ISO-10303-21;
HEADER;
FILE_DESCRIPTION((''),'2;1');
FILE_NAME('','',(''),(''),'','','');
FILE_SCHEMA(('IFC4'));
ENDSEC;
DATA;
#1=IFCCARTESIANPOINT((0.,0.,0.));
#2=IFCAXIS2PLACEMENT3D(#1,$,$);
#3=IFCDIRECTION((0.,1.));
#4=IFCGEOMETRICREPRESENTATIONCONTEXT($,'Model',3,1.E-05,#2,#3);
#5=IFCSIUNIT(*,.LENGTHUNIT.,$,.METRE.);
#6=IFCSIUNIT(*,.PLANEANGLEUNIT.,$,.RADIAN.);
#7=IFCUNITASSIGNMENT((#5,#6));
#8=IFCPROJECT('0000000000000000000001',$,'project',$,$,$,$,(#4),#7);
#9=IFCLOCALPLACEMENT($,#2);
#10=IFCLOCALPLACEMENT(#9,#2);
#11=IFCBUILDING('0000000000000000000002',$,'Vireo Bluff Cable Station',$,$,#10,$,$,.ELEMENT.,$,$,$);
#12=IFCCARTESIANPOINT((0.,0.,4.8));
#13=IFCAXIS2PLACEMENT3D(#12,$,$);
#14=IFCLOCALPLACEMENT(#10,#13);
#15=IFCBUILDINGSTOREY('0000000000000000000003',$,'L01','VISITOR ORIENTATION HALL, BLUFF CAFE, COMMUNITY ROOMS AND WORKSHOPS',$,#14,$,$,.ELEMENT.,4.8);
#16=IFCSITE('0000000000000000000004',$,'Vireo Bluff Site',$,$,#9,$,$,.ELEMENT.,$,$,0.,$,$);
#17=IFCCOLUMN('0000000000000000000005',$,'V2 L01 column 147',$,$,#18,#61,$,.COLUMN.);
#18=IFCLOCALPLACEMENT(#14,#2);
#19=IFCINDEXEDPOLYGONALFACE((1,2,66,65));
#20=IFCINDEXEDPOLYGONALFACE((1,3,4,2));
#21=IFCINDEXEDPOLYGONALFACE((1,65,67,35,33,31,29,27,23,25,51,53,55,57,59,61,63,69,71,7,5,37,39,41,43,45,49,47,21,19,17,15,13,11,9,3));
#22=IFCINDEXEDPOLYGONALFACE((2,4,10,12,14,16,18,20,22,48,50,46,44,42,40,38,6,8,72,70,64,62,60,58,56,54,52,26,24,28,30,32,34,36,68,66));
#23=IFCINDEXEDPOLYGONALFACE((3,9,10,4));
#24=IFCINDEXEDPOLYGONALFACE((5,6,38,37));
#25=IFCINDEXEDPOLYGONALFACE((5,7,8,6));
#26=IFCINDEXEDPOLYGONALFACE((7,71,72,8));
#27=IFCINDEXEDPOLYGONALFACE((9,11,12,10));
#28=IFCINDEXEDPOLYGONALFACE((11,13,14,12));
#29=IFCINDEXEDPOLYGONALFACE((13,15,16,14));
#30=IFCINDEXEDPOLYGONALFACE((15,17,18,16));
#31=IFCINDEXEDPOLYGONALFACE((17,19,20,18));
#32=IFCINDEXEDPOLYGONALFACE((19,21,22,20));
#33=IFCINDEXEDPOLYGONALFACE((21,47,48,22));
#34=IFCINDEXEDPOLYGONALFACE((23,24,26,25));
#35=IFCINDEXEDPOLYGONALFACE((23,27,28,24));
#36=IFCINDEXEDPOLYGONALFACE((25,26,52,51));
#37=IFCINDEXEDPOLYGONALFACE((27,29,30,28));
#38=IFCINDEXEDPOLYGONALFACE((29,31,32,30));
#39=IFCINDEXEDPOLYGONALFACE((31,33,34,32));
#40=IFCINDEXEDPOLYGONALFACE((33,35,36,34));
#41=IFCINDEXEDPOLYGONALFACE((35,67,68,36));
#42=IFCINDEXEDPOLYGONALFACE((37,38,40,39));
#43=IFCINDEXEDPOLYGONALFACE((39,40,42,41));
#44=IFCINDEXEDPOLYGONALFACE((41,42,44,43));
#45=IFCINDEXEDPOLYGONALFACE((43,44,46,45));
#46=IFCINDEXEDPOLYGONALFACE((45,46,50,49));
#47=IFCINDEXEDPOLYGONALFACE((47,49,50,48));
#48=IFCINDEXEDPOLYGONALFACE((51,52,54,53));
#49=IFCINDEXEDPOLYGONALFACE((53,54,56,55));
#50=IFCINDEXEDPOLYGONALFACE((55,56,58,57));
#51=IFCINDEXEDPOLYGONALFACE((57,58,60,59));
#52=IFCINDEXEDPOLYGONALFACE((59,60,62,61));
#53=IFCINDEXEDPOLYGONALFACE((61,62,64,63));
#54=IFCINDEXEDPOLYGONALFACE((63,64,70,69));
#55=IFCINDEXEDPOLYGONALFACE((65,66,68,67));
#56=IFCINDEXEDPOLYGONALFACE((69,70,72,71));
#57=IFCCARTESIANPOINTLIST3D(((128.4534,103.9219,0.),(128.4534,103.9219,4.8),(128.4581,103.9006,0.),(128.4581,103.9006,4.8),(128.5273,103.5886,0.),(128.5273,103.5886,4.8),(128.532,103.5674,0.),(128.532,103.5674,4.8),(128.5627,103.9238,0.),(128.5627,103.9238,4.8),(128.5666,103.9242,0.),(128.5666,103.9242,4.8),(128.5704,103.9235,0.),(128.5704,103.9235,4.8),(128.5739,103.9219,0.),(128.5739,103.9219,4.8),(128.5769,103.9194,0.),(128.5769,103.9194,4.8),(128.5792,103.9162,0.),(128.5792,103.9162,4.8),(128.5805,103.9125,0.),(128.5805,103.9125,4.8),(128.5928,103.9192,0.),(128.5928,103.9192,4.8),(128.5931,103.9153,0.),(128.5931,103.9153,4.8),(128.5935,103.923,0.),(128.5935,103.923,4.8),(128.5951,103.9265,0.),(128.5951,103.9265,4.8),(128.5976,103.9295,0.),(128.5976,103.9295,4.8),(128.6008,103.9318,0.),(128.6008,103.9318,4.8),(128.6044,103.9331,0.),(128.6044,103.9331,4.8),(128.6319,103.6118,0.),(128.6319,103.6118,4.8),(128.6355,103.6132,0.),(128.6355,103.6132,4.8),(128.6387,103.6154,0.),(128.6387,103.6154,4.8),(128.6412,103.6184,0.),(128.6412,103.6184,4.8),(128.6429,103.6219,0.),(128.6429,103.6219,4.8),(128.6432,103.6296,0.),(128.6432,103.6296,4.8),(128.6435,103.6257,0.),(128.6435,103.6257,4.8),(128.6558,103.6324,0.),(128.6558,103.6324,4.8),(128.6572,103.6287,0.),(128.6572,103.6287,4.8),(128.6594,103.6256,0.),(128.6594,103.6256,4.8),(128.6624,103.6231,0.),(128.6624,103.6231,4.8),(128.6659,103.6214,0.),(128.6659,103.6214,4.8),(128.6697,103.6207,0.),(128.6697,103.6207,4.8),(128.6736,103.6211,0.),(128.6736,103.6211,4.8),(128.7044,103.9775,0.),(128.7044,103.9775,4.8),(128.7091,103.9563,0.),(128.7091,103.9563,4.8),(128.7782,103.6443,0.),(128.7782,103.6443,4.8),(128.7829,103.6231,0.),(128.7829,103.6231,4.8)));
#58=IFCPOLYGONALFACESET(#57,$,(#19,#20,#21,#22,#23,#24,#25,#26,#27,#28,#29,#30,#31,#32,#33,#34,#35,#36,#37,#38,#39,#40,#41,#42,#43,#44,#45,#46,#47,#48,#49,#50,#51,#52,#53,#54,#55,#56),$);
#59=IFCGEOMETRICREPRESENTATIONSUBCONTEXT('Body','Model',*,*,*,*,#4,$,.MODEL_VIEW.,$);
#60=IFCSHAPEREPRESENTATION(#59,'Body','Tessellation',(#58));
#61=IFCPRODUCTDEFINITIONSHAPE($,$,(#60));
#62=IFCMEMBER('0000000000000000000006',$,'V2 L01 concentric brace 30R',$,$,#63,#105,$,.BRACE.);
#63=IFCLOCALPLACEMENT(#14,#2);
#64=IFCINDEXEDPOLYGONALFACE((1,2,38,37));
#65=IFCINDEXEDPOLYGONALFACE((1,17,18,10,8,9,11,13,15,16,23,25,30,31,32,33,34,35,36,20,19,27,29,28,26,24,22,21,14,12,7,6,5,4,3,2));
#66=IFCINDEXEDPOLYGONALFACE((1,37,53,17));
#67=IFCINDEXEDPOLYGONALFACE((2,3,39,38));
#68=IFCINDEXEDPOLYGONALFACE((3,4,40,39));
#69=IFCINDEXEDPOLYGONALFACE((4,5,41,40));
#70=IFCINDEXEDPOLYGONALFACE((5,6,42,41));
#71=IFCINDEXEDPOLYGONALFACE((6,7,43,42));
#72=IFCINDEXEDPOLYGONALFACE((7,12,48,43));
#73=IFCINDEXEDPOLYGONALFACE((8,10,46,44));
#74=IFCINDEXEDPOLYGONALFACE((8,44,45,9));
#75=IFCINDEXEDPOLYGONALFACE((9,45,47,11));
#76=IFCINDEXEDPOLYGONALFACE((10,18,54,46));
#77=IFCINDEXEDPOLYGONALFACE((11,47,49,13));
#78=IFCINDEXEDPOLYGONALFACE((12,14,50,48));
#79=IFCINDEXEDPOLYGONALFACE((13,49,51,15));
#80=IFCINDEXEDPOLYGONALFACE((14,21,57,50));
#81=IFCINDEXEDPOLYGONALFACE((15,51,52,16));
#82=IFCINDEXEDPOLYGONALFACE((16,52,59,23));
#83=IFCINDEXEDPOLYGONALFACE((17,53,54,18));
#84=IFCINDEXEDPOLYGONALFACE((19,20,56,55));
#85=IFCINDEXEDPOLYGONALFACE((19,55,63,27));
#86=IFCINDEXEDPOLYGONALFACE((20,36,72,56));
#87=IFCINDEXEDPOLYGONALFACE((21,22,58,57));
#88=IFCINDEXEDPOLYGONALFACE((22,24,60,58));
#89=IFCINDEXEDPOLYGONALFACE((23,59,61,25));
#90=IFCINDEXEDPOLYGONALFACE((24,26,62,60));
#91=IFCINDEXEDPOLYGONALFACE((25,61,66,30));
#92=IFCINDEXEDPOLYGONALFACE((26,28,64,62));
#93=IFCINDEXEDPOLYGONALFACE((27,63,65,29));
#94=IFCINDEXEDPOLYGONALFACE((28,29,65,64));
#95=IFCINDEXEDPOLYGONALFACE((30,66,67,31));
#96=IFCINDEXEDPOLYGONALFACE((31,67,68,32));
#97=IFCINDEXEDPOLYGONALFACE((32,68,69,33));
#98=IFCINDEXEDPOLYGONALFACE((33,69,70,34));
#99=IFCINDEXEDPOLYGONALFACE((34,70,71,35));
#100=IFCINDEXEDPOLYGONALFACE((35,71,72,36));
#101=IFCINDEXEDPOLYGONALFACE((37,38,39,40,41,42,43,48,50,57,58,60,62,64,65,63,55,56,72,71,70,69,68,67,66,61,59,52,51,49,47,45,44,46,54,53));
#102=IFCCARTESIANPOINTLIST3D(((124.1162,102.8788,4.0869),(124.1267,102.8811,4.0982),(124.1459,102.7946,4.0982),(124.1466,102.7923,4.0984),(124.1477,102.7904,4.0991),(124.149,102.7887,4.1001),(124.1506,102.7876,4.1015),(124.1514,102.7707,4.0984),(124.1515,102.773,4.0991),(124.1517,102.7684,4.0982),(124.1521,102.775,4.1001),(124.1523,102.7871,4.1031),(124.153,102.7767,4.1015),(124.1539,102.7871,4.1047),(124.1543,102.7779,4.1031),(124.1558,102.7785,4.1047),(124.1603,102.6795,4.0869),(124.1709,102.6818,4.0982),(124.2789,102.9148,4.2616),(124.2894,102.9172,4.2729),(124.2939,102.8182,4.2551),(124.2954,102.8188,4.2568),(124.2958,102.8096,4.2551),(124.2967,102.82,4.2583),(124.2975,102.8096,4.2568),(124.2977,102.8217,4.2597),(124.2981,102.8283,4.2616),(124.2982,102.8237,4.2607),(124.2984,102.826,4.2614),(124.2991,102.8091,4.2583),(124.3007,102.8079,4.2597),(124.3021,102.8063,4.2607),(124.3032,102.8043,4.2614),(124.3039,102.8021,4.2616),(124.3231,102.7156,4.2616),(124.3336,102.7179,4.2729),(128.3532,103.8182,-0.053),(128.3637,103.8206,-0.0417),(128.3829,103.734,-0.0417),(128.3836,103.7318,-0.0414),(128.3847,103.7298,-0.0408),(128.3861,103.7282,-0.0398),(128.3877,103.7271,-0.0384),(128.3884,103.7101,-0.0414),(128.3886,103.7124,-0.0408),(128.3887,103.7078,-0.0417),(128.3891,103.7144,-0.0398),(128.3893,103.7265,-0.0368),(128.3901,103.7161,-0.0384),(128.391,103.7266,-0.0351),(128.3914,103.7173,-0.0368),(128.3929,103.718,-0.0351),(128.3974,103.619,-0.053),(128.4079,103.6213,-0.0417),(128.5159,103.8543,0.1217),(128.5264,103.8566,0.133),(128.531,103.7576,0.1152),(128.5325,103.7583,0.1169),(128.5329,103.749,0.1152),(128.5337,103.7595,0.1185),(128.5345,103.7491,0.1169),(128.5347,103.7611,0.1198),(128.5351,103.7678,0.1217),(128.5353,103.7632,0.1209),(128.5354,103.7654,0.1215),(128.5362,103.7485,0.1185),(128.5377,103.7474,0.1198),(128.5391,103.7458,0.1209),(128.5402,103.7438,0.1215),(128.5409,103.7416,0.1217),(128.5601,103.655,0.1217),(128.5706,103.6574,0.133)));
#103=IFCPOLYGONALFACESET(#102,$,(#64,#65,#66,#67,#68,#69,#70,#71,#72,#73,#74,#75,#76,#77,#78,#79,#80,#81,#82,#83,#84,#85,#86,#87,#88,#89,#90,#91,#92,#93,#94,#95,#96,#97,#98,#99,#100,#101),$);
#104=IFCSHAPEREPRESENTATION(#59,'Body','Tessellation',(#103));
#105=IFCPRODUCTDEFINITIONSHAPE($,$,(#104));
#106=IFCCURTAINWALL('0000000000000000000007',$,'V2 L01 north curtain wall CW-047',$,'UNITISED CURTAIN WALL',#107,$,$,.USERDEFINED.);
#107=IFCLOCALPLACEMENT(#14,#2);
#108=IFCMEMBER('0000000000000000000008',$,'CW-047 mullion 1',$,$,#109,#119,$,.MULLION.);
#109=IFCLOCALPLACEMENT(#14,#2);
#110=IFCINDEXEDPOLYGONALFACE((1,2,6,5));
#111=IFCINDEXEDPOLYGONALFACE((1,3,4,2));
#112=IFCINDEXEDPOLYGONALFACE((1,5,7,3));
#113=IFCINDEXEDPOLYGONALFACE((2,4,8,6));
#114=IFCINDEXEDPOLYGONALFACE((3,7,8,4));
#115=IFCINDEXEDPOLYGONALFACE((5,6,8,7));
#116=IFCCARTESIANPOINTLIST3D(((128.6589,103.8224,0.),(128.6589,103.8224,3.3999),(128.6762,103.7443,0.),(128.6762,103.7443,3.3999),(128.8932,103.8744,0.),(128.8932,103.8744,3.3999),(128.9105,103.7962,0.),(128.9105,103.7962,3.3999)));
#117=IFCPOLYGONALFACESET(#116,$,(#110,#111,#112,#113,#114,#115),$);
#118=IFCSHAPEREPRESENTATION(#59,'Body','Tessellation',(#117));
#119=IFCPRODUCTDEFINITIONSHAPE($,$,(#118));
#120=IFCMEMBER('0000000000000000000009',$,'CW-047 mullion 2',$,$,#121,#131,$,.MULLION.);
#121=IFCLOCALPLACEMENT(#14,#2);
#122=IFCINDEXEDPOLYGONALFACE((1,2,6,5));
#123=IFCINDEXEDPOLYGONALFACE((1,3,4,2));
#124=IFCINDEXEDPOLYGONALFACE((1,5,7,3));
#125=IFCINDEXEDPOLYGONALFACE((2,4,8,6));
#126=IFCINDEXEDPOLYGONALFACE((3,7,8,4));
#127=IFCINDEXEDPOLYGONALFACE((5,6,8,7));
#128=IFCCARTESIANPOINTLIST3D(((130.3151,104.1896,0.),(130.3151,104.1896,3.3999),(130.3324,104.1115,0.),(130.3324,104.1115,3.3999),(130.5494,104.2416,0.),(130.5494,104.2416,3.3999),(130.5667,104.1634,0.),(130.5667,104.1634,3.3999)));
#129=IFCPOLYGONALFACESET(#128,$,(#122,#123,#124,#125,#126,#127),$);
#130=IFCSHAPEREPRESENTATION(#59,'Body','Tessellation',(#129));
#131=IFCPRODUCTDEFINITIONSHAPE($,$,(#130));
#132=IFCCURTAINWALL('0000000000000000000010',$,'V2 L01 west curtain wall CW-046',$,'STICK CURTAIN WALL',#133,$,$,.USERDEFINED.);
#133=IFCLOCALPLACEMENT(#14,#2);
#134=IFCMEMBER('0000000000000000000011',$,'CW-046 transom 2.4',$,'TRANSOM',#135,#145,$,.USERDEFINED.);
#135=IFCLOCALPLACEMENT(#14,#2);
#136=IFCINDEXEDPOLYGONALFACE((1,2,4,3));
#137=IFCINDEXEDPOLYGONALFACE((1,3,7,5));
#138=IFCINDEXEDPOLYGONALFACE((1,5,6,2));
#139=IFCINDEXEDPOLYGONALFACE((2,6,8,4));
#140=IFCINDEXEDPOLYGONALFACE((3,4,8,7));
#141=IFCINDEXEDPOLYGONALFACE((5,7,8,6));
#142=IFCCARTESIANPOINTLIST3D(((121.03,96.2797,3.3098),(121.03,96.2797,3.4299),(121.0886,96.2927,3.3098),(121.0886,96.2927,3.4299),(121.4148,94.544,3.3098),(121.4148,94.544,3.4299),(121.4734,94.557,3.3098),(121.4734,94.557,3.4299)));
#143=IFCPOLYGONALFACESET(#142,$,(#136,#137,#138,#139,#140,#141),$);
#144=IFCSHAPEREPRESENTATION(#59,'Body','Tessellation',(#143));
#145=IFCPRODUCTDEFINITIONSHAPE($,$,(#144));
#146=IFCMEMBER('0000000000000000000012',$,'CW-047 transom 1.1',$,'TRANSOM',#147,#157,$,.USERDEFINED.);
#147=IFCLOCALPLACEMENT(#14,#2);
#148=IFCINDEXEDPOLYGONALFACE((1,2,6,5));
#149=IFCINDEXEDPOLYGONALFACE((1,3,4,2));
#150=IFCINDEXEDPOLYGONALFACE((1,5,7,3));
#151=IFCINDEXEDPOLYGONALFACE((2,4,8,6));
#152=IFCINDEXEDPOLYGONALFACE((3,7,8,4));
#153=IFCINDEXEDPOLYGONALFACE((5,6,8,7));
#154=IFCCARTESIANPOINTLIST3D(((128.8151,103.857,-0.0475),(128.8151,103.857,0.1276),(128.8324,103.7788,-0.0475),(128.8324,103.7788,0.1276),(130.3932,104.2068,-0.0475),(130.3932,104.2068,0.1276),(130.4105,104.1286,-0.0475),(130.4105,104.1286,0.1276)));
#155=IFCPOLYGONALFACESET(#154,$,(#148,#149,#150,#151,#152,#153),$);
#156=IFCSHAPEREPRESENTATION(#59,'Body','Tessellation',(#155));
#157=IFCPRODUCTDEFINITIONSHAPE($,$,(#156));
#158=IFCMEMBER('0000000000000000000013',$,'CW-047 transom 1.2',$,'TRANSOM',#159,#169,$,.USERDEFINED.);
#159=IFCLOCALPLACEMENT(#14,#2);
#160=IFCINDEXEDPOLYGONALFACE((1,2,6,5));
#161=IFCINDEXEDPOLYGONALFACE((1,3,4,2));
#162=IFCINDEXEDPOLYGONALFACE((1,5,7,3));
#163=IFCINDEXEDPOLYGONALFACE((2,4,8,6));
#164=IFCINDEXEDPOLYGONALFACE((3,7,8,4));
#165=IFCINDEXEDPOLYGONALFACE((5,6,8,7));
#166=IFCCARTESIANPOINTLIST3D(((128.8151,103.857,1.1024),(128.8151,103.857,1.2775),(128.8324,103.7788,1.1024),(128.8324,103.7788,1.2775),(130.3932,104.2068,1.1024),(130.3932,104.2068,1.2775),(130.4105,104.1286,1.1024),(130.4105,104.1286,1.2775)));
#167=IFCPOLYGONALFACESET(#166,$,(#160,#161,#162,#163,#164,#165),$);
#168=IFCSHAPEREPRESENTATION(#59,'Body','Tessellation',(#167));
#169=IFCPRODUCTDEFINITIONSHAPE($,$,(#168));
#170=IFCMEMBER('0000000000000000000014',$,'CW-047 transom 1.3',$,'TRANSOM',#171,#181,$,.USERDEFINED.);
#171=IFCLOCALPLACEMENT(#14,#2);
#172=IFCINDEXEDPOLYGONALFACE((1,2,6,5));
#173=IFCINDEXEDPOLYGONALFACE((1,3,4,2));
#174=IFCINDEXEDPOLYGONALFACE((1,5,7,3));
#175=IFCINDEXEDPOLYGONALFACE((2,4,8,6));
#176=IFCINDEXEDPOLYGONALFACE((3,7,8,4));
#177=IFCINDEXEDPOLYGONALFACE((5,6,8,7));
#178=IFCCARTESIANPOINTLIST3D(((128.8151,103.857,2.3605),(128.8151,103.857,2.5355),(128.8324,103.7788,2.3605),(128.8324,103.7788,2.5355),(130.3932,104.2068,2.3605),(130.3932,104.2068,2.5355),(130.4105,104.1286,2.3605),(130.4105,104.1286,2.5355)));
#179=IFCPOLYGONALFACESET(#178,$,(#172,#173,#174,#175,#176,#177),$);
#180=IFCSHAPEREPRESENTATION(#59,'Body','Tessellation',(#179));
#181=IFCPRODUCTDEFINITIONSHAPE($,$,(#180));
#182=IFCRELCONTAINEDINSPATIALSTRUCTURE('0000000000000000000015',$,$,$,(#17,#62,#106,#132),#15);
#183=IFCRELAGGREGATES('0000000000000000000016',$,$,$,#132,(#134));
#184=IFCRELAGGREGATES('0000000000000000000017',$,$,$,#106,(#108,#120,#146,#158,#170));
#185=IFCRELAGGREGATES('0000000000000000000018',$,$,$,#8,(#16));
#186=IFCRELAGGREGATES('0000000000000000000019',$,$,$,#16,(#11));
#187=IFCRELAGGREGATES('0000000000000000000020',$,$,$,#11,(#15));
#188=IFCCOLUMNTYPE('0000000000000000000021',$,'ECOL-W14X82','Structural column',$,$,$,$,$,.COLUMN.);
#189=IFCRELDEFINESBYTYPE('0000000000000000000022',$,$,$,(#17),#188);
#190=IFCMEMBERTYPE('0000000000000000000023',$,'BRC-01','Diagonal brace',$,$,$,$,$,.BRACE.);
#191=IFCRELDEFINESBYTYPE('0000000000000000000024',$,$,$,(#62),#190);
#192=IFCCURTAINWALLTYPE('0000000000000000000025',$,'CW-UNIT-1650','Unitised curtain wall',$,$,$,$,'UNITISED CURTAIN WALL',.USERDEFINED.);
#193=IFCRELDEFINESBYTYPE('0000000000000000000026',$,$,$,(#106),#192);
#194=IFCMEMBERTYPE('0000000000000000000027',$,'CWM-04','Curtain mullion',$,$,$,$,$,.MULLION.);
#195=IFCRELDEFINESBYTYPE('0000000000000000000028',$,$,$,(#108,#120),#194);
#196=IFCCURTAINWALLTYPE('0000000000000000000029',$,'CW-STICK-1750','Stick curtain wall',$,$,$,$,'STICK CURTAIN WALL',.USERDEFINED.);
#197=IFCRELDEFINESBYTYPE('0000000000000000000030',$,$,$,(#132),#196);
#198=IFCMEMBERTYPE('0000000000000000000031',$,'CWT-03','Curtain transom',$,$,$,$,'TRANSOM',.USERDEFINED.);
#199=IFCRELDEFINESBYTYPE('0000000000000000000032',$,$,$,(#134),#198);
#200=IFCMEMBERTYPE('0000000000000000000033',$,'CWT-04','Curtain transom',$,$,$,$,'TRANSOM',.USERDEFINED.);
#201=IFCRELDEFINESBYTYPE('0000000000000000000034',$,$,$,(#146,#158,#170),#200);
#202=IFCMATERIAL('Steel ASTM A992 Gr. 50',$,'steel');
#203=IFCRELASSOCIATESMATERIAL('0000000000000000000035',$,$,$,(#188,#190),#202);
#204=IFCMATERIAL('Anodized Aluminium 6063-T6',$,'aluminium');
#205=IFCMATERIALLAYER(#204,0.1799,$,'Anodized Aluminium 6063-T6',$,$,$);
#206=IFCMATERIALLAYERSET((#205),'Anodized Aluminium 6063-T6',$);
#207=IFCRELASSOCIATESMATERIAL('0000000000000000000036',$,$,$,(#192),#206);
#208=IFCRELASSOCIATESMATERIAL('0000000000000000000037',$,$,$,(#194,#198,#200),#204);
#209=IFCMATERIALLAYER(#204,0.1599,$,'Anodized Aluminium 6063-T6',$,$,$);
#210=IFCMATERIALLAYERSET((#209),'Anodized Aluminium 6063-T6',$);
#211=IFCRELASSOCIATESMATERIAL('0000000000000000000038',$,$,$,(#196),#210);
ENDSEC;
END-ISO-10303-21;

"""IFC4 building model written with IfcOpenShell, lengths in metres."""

from ifc_helpers import new_model, si_unit, direction, frame, origin, origin_2d, place, context, subcontext, project, spatial, rectangle, i_section, extrude, material, layer, layer_set, material_profile, profile_set, type_object, element, aggregate, save


model = new_model("IFC4")

# Units and contexts
model_context = context("Model", 3, precision=1e-05, world=origin(), true_north=direction((0.0, 1.0)))
body_context = subcontext(model_context, "Body", "Model", "MODEL_VIEW")
ifc_project = project(units=[si_unit("LENGTHUNIT", "METRE"), si_unit("PLANEANGLEUNIT", "RADIAN")], contexts=[model_context])

# Site, building, storey
site_placement = place(None, origin())
site = spatial("IfcSite", under=ifc_project, at=site_placement, Name="Vireo Bluff Site", CompositionType="ELEMENT", RefElevation=0.0)
building_placement = place(site_placement, origin())
building = spatial("IfcBuilding", under=site, at=building_placement, Name="Vireo Bluff Cable Station", CompositionType="ELEMENT")
storey_placement = place(building_placement, frame((0.0, 0.0, 4.8)))
storey = spatial("IfcBuildingStorey", under=building, at=storey_placement, Name="L01", Description="VISITOR ORIENTATION HALL, BLUFF CAFE, COMMUNITY ROOMS AND WORKSHOPS", CompositionType="ELEMENT", Elevation=4.8)

# Column
ifc_material_1 = material(Name="Steel ASTM A992 Gr. 50", Category="steel")
ifc_material_profile_1 = material_profile(ifc_material_1, i_section(OverallWidth=0.2571, OverallDepth=0.363, WebThickness=0.0129, FlangeThickness=0.0217, FilletRadius=0.0149, at=origin_2d()), Name="W14X82")
ifc_profile_set_1 = profile_set([ifc_material_profile_1], Name="Steel ASTM A992 Gr. 50")
column_type = type_object("IfcColumnType", Name="ECOL-W14X82", Description="Structural column", PredefinedType="COLUMN", material=ifc_profile_set_1)
column_placement = place(storey_placement, frame((128.6182, 103.7725, 0.0), z_axis=(0.0, 0.0, 1.0), x_axis=(0.976296, 0.21644, 0.0)))
element("IfcColumn", 1, at=column_placement, inside=storey, type_object=column_type, Name="V2 L01 column 147", PredefinedType="COLUMN", context=body_context, shape_type="SweptSolid", body=[
    extrude(i_section(OverallWidth=0.2571, OverallDepth=0.363, WebThickness=0.0129, FlangeThickness=0.0217, FilletRadius=0.0149, at=origin_2d()), origin(), (0.0, 0.0, 1.0), 4.8),
])

# Member
ifc_material_profile_2 = material_profile(ifc_material_1, i_section(OverallWidth=0.2041, OverallDepth=0.2571, WebThickness=0.0088, FlangeThickness=0.0156, FilletRadius=0.009, at=origin_2d()), Name="W10X45")
ifc_profile_set_2 = profile_set([ifc_material_profile_2], Name="Steel ASTM A992 Gr. 50")
member_type_1 = type_object("IfcMemberType", Name="BRC-01", Description="Diagonal brace", PredefinedType="BRACE", material=ifc_profile_set_2)
member_1_placement = place(storey_placement, frame((128.4619, 103.7378, 0.04), z_axis=(-0.706432, -0.156632, 0.690232), x_axis=(0.216466, -0.97629, 0.0)))
element("IfcMember", 2, at=member_1_placement, inside=storey, type_object=member_type_1, Name="V2 L01 concentric brace 30R", PredefinedType="BRACE", context=body_context, shape_type="SweptSolid", body=[
    extrude(i_section(OverallWidth=0.2041, OverallDepth=0.2571, WebThickness=0.0088, FlangeThickness=0.0156, FilletRadius=0.009, at=origin_2d()), origin(), (0.0, 0.0, 1.0), 5.9978),
])

# Curtain wall, members
ifc_material_2 = material(Name="Anodized Aluminium 6063-T6", Category="aluminium")
ifc_layer_1 = layer(ifc_material_2, 0.1799, Name="Anodized Aluminium 6063-T6")
ifc_layer_set_1 = layer_set([ifc_layer_1], Name="Anodized Aluminium 6063-T6")
curtain_wall_type_1 = type_object("IfcCurtainWallType", Name="CW-UNIT-1650", Description="Unitised curtain wall", ElementType="UNITISED CURTAIN WALL", PredefinedType="USERDEFINED", material=ifc_layer_set_1)
curtain_wall_1_placement = place(storey_placement, origin())
curtain_wall_1 = element("IfcCurtainWall", 3, at=curtain_wall_1_placement, inside=storey, type_object=curtain_wall_type_1, Name="V2 L01 north curtain wall CW-047", ObjectType="UNITISED CURTAIN WALL", PredefinedType="USERDEFINED")
ifc_material_profile_3 = material_profile(ifc_material_2, rectangle(XDim=0.0801, YDim=0.24, at=origin_2d()), Name="ALU-M-80X240")
ifc_profile_set_3 = profile_set([ifc_material_profile_3], Name="Anodized Aluminium 6063-T6")
member_type_2 = type_object("IfcMemberType", Name="CWM-04", Description="Curtain mullion", PredefinedType="MULLION", material=ifc_profile_set_3)
member_2_placement = place(storey_placement, frame((128.7847, 103.8093, 0.0), z_axis=(0.0, 0.0, 1.0), x_axis=(-0.21644, 0.976296, 0.0)))
member_2 = element("IfcMember", 4, at=member_2_placement, type_object=member_type_2, Name="CW-047 mullion 1", PredefinedType="MULLION", context=body_context, shape_type="SweptSolid", body=[
    extrude(rectangle(XDim=0.0801, YDim=0.24, at=origin_2d()), origin(), (0.0, 0.0, 1.0), 3.3999),
])
member_3_placement = place(storey_placement, frame((130.4409, 104.1765, 0.0), z_axis=(0.0, 0.0, 1.0), x_axis=(-0.21644, 0.976296, 0.0)))
member_3 = element("IfcMember", 5, at=member_3_placement, type_object=member_type_2, Name="CW-047 mullion 2", PredefinedType="MULLION", context=body_context, shape_type="SweptSolid", body=[
    extrude(rectangle(XDim=0.0801, YDim=0.24, at=origin_2d()), origin(), (0.0, 0.0, 1.0), 3.3999),
])

# Curtain wall, member
ifc_layer_2 = layer(ifc_material_2, 0.1599, Name="Anodized Aluminium 6063-T6")
ifc_layer_set_2 = layer_set([ifc_layer_2], Name="Anodized Aluminium 6063-T6")
curtain_wall_type_2 = type_object("IfcCurtainWallType", Name="CW-STICK-1750", Description="Stick curtain wall", ElementType="STICK CURTAIN WALL", PredefinedType="USERDEFINED", material=ifc_layer_set_2)
curtain_wall_2_placement = place(storey_placement, origin())
curtain_wall_2 = element("IfcCurtainWall", 6, at=curtain_wall_2_placement, inside=storey, type_object=curtain_wall_type_2, Name="V2 L01 west curtain wall CW-046", ObjectType="STICK CURTAIN WALL", PredefinedType="USERDEFINED")
ifc_material_profile_4 = material_profile(ifc_material_2, rectangle(XDim=0.0601, YDim=0.1201, at=origin_2d()), Name="ALU-T-60X120")
ifc_profile_set_4 = profile_set([ifc_material_profile_4], Name="Anodized Aluminium 6063-T6")
member_type_3 = type_object("IfcMemberType", Name="CWT-03", Description="Curtain transom", ElementType="TRANSOM", PredefinedType="USERDEFINED", material=ifc_profile_set_4)
member_4_placement = place(storey_placement, frame((121.4441, 94.5505, 3.3699), z_axis=(-0.216436, 0.976297, 0.0), x_axis=(-0.976297, -0.216436, 0.0)))
member_4 = element("IfcMember", 7, at=member_4_placement, type_object=member_type_3, Name="CW-046 transom 2.4", ObjectType="TRANSOM", PredefinedType="USERDEFINED", context=body_context, shape_type="SweptSolid", body=[
    extrude(rectangle(XDim=0.0601, YDim=0.1201, at=origin_2d()), origin(), (0.0, 0.0, 1.0), 1.7778),
])

# Members
ifc_material_profile_5 = material_profile(ifc_material_2, rectangle(XDim=0.0801, YDim=0.175, at=origin_2d()), Name="ALU-T-80X175")
ifc_profile_set_5 = profile_set([ifc_material_profile_5], Name="Anodized Aluminium 6063-T6")
member_type_4 = type_object("IfcMemberType", Name="CWT-04", Description="Curtain transom", ElementType="TRANSOM", PredefinedType="USERDEFINED", material=ifc_profile_set_5)
member_5_placement = place(storey_placement, frame((128.8237, 103.8179, 0.04), z_axis=(0.976297, 0.216435, 0.0), x_axis=(-0.216435, 0.976297, 0.0)))
member_5 = element("IfcMember", 8, at=member_5_placement, type_object=member_type_4, Name="CW-047 transom 1.1", ObjectType="TRANSOM", PredefinedType="USERDEFINED", context=body_context, shape_type="SweptSolid", body=[
    extrude(rectangle(XDim=0.0801, YDim=0.175, at=origin_2d()), origin(), (0.0, 0.0, 1.0), 1.6165),
])
member_6_placement = place(storey_placement, frame((128.8237, 103.8179, 1.1899), z_axis=(0.976297, 0.216435, 0.0), x_axis=(-0.216435, 0.976297, 0.0)))
member_6 = element("IfcMember", 9, at=member_6_placement, type_object=member_type_4, Name="CW-047 transom 1.2", ObjectType="TRANSOM", PredefinedType="USERDEFINED", context=body_context, shape_type="SweptSolid", body=[
    extrude(rectangle(XDim=0.0801, YDim=0.175, at=origin_2d()), origin(), (0.0, 0.0, 1.0), 1.6165),
])
member_7_placement = place(storey_placement, frame((128.8237, 103.8179, 2.448), z_axis=(0.976297, 0.216435, 0.0), x_axis=(-0.216435, 0.976297, 0.0)))
member_7 = element("IfcMember", 10, at=member_7_placement, type_object=member_type_4, Name="CW-047 transom 1.3", ObjectType="TRANSOM", PredefinedType="USERDEFINED", context=body_context, shape_type="SweptSolid", body=[
    extrude(rectangle(XDim=0.0801, YDim=0.175, at=origin_2d()), origin(), (0.0, 0.0, 1.0), 1.6165),
])

aggregate(curtain_wall_2, [member_4])
aggregate(curtain_wall_1, [member_2, member_3, member_5, member_6, member_7])

save(model, "model.ifc")
